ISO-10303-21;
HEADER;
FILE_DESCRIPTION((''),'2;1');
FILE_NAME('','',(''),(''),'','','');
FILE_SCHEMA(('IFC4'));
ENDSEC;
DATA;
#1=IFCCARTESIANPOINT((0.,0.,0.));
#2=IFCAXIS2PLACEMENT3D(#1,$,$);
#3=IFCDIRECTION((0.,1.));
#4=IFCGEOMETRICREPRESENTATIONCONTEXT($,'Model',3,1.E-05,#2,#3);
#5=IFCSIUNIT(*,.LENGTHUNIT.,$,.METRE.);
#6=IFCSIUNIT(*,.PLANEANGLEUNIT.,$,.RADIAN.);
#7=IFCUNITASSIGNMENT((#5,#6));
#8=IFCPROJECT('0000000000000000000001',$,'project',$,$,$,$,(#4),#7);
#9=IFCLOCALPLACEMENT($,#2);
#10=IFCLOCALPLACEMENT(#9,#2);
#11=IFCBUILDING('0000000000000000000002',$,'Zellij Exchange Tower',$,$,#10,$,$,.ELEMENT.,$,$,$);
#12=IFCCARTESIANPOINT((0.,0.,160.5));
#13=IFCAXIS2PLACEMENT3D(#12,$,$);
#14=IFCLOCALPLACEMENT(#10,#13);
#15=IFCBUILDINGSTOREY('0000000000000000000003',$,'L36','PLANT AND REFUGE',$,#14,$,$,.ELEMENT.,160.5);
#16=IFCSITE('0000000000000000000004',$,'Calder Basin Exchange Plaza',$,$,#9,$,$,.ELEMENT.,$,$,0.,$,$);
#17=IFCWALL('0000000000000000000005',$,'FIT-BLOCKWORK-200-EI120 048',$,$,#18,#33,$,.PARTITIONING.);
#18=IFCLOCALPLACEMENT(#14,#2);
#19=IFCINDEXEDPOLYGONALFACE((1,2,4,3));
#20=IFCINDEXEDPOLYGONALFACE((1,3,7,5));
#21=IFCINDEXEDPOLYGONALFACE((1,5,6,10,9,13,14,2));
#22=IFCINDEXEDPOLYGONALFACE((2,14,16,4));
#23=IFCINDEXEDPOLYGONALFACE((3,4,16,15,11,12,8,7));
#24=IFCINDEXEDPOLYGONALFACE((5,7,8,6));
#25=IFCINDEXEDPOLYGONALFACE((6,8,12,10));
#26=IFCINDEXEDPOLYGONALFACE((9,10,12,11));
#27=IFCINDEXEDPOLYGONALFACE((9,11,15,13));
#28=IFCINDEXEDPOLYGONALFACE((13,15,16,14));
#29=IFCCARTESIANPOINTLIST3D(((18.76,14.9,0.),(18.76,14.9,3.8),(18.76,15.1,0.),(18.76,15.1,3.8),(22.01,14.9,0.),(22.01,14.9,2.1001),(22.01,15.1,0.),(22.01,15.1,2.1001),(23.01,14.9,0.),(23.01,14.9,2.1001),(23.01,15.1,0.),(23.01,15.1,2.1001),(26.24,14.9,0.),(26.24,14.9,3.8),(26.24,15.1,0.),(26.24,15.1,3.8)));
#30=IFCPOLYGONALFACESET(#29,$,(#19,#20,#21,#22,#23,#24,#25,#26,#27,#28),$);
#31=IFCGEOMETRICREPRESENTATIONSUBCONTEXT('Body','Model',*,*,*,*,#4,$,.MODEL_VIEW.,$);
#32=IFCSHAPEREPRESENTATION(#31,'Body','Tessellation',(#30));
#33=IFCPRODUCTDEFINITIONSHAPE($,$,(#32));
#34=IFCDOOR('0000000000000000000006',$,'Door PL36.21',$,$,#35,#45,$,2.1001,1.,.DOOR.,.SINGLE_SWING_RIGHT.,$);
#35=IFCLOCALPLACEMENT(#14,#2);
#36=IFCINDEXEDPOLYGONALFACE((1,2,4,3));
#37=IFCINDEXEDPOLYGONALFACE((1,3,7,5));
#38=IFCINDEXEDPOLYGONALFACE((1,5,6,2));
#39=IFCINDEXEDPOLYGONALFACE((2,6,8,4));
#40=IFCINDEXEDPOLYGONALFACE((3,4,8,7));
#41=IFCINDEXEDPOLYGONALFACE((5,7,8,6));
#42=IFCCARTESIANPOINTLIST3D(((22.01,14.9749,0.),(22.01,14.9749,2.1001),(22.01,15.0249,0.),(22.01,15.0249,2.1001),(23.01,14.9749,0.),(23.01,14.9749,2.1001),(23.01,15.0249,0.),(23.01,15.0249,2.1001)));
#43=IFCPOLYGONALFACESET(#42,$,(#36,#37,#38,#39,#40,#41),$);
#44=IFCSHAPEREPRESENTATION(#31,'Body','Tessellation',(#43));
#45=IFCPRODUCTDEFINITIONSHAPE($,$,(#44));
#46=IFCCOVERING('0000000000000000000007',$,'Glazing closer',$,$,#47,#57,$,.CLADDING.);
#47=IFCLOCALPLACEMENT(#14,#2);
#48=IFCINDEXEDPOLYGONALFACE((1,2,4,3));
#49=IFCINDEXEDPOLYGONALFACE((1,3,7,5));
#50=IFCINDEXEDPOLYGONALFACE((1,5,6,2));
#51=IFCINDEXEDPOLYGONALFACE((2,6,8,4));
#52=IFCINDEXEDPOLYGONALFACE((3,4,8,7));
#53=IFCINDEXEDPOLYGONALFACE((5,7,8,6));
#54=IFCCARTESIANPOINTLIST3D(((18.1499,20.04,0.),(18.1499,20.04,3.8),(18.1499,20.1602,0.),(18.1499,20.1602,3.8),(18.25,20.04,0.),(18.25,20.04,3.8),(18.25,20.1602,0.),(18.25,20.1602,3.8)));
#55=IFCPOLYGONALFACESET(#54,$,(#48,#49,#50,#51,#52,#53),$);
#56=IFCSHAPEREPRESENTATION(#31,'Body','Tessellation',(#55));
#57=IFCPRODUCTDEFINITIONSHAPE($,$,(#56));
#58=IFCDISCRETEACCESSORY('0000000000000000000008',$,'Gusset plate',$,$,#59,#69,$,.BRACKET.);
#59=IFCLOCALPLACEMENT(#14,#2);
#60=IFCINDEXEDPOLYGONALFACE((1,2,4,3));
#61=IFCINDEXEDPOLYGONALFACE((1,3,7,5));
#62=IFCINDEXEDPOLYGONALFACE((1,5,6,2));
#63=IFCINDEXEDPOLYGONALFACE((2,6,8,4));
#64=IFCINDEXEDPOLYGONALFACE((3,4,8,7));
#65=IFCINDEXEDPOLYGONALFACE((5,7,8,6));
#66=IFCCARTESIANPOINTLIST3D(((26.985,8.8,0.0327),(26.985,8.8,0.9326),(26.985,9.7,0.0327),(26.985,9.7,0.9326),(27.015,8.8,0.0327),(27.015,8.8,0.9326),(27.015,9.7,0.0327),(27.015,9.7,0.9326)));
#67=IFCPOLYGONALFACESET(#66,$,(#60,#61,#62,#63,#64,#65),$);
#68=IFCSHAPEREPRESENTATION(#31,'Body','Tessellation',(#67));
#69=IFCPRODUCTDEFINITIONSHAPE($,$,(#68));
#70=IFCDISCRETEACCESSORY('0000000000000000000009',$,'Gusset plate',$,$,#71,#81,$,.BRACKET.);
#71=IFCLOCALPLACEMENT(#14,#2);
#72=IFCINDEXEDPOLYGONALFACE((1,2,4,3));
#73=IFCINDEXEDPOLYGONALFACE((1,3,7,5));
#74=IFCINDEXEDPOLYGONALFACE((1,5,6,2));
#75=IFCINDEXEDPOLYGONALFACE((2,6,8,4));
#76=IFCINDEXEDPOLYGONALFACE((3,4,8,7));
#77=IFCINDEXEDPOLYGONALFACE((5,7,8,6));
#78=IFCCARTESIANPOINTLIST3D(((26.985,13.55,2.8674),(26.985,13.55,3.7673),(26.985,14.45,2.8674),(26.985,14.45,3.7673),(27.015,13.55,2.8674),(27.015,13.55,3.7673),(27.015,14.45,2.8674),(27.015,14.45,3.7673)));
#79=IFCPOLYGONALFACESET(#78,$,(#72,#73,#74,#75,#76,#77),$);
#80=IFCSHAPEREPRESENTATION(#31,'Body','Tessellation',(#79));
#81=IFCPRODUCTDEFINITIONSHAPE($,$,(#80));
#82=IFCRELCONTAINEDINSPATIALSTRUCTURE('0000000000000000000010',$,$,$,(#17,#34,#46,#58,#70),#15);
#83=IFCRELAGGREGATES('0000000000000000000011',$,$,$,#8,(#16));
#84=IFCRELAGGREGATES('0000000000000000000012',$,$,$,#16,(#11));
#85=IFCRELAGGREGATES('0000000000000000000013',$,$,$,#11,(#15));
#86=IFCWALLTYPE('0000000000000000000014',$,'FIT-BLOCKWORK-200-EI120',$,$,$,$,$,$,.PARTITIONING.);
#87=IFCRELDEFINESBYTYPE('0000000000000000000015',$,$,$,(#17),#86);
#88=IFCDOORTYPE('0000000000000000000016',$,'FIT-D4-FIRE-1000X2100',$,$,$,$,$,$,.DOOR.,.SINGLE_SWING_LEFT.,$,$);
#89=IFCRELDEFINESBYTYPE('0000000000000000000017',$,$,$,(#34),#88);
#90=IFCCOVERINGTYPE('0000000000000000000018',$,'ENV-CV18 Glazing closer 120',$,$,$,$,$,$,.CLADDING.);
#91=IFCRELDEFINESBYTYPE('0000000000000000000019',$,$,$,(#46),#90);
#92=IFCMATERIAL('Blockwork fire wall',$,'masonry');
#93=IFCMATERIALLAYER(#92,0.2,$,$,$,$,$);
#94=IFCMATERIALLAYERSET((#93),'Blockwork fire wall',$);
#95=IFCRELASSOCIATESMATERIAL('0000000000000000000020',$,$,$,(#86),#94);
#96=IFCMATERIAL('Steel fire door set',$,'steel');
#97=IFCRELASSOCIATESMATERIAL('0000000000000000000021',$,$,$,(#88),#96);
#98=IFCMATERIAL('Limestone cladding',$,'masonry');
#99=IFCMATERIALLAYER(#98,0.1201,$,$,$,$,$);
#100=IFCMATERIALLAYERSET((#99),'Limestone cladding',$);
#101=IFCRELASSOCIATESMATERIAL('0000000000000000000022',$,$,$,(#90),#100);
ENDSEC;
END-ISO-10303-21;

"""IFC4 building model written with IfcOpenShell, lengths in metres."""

from ifc_helpers import new_model, si_unit, direction, frame, frame_2d, origin, origin_2d, place, context, subcontext, project, spatial, rectangle, extrude, material, layer, layer_set, type_object, element, fill, save


model = new_model("IFC4")

# Units and contexts
model_context = context("Model", 3, precision=1e-05, world=origin(), true_north=direction((0.0, 1.0)))
body_context = subcontext(model_context, "Body", "Model", "MODEL_VIEW")
ifc_project = project(units=[si_unit("LENGTHUNIT", "METRE"), si_unit("PLANEANGLEUNIT", "RADIAN")], contexts=[model_context])

# Site, building, storey
site_placement = place(None, origin())
site = spatial("IfcSite", under=ifc_project, at=site_placement, Name="Calder Basin Exchange Plaza", CompositionType="ELEMENT", RefElevation=0.0)
building_placement = place(site_placement, origin())
building = spatial("IfcBuilding", under=site, at=building_placement, Name="Zellij Exchange Tower", CompositionType="ELEMENT")
storey_placement = place(building_placement, frame((0.0, 0.0, 160.5)))
storey = spatial("IfcBuildingStorey", under=building, at=storey_placement, Name="L36", Description="PLANT AND REFUGE", CompositionType="ELEMENT", Elevation=160.5)

# Wall, opening, door
ifc_material_1 = material(Name="Blockwork fire wall", Category="masonry")
ifc_layer_1 = layer(ifc_material_1, 0.2)
ifc_layer_set_1 = layer_set([ifc_layer_1], Name="Blockwork fire wall")
wall_type = type_object("IfcWallType", Name="FIT-BLOCKWORK-200-EI120", PredefinedType="PARTITIONING", material=ifc_layer_set_1)
wall_placement = place(storey_placement, frame((18.76, 15.0, 0.0), z_axis=(0.0, 0.0, 1.0), x_axis=(1.0, 0.0, 0.0)))
wall = element("IfcWall", 1, at=wall_placement, inside=storey, type_object=wall_type, Name="FIT-BLOCKWORK-200-EI120 048", PredefinedType="PARTITIONING", context=body_context, shape_type="SweptSolid", body=[
    extrude(rectangle(XDim=7.48, YDim=0.2, at=frame_2d((3.74, 0.0))), origin(), (0.0, 0.0, 1.0), 3.8),
])
opening_placement = place(wall_placement, frame((3.25, 0.0, 0.0)))
opening = element("IfcOpeningElement", 2, at=opening_placement, cuts=wall, PredefinedType="OPENING", context=body_context, shape_type="SweptSolid", body=[
    extrude(rectangle(XDim=1.0, YDim=2.1001, at=frame_2d((0.5, 1.05))), frame((0.0, 0.1118, 0.0), z_axis=(0.0, -1.0, 0.0), x_axis=(1.0, 0.0, 0.0)), (0.0, 0.0, 1.0), 0.2239),
])
ifc_material_2 = material(Name="Steel fire door set", Category="steel")
door_type = type_object("IfcDoorType", Name="FIT-D4-FIRE-1000X2100", OperationType="SINGLE_SWING_LEFT", PredefinedType="DOOR", material=ifc_material_2)
door_placement = place(opening_placement, origin())
door = element("IfcDoor", 3, at=door_placement, inside=storey, type_object=door_type, Name="Door PL36.21", OperationType="SINGLE_SWING_RIGHT", OverallHeight=2.1001, OverallWidth=1.0, PredefinedType="DOOR", context=body_context, shape_type="SweptSolid", body=[
    extrude(rectangle(XDim=1.0, YDim=2.1001, at=frame_2d((0.5, 1.05))), frame((0.0, 0.0249, 0.0), z_axis=(0.0, -1.0, 0.0), x_axis=(1.0, 0.0, 0.0)), (0.0, 0.0, 1.0), 0.05),
])
fill(opening, door)

# Covering
ifc_material_3 = material(Name="Limestone cladding", Category="masonry")
ifc_layer_2 = layer(ifc_material_3, 0.1201)
ifc_layer_set_2 = layer_set([ifc_layer_2], Name="Limestone cladding")
covering_type = type_object("IfcCoveringType", Name="ENV-CV18 Glazing closer 120", PredefinedType="CLADDING", material=ifc_layer_set_2)
covering_placement = place(storey_placement, frame((18.2, 20.1001, 0.0), z_axis=(0.0, 0.0, 1.0), x_axis=(-1.0, 0.0, 0.0)))
element("IfcCovering", 4, at=covering_placement, inside=storey, type_object=covering_type, Name="Glazing closer", PredefinedType="CLADDING", context=body_context, shape_type="SweptSolid", body=[
    extrude(rectangle(XDim=0.1001, YDim=0.1201, at=origin_2d()), origin(), (0.0, 0.0, 1.0), 3.8),
])

# Discrete accessories
for number, where, z_axis, x_axis, name in (
    (5, (27.0, 9.25, 0.0327), (0.0, 0.0, 1.0), (0.0, 1.0, 0.0), "Gusset plate"),
    (6, (27.0, 14.0, 2.8674), (0.0, 0.0, 1.0), (0.0, 1.0, 0.0), "Gusset plate"),
):
    element("IfcDiscreteAccessory", number, at=place(storey_placement, frame(where, z_axis=z_axis, x_axis=x_axis)), inside=storey, Name=name, PredefinedType="BRACKET", context=body_context, shape_type="SweptSolid", body=[
        extrude(rectangle(XDim=0.8999, YDim=0.03, at=origin_2d()), origin(), (0.0, 0.0, 1.0), 0.8999),
    ])

save(model, "model.ifc")
